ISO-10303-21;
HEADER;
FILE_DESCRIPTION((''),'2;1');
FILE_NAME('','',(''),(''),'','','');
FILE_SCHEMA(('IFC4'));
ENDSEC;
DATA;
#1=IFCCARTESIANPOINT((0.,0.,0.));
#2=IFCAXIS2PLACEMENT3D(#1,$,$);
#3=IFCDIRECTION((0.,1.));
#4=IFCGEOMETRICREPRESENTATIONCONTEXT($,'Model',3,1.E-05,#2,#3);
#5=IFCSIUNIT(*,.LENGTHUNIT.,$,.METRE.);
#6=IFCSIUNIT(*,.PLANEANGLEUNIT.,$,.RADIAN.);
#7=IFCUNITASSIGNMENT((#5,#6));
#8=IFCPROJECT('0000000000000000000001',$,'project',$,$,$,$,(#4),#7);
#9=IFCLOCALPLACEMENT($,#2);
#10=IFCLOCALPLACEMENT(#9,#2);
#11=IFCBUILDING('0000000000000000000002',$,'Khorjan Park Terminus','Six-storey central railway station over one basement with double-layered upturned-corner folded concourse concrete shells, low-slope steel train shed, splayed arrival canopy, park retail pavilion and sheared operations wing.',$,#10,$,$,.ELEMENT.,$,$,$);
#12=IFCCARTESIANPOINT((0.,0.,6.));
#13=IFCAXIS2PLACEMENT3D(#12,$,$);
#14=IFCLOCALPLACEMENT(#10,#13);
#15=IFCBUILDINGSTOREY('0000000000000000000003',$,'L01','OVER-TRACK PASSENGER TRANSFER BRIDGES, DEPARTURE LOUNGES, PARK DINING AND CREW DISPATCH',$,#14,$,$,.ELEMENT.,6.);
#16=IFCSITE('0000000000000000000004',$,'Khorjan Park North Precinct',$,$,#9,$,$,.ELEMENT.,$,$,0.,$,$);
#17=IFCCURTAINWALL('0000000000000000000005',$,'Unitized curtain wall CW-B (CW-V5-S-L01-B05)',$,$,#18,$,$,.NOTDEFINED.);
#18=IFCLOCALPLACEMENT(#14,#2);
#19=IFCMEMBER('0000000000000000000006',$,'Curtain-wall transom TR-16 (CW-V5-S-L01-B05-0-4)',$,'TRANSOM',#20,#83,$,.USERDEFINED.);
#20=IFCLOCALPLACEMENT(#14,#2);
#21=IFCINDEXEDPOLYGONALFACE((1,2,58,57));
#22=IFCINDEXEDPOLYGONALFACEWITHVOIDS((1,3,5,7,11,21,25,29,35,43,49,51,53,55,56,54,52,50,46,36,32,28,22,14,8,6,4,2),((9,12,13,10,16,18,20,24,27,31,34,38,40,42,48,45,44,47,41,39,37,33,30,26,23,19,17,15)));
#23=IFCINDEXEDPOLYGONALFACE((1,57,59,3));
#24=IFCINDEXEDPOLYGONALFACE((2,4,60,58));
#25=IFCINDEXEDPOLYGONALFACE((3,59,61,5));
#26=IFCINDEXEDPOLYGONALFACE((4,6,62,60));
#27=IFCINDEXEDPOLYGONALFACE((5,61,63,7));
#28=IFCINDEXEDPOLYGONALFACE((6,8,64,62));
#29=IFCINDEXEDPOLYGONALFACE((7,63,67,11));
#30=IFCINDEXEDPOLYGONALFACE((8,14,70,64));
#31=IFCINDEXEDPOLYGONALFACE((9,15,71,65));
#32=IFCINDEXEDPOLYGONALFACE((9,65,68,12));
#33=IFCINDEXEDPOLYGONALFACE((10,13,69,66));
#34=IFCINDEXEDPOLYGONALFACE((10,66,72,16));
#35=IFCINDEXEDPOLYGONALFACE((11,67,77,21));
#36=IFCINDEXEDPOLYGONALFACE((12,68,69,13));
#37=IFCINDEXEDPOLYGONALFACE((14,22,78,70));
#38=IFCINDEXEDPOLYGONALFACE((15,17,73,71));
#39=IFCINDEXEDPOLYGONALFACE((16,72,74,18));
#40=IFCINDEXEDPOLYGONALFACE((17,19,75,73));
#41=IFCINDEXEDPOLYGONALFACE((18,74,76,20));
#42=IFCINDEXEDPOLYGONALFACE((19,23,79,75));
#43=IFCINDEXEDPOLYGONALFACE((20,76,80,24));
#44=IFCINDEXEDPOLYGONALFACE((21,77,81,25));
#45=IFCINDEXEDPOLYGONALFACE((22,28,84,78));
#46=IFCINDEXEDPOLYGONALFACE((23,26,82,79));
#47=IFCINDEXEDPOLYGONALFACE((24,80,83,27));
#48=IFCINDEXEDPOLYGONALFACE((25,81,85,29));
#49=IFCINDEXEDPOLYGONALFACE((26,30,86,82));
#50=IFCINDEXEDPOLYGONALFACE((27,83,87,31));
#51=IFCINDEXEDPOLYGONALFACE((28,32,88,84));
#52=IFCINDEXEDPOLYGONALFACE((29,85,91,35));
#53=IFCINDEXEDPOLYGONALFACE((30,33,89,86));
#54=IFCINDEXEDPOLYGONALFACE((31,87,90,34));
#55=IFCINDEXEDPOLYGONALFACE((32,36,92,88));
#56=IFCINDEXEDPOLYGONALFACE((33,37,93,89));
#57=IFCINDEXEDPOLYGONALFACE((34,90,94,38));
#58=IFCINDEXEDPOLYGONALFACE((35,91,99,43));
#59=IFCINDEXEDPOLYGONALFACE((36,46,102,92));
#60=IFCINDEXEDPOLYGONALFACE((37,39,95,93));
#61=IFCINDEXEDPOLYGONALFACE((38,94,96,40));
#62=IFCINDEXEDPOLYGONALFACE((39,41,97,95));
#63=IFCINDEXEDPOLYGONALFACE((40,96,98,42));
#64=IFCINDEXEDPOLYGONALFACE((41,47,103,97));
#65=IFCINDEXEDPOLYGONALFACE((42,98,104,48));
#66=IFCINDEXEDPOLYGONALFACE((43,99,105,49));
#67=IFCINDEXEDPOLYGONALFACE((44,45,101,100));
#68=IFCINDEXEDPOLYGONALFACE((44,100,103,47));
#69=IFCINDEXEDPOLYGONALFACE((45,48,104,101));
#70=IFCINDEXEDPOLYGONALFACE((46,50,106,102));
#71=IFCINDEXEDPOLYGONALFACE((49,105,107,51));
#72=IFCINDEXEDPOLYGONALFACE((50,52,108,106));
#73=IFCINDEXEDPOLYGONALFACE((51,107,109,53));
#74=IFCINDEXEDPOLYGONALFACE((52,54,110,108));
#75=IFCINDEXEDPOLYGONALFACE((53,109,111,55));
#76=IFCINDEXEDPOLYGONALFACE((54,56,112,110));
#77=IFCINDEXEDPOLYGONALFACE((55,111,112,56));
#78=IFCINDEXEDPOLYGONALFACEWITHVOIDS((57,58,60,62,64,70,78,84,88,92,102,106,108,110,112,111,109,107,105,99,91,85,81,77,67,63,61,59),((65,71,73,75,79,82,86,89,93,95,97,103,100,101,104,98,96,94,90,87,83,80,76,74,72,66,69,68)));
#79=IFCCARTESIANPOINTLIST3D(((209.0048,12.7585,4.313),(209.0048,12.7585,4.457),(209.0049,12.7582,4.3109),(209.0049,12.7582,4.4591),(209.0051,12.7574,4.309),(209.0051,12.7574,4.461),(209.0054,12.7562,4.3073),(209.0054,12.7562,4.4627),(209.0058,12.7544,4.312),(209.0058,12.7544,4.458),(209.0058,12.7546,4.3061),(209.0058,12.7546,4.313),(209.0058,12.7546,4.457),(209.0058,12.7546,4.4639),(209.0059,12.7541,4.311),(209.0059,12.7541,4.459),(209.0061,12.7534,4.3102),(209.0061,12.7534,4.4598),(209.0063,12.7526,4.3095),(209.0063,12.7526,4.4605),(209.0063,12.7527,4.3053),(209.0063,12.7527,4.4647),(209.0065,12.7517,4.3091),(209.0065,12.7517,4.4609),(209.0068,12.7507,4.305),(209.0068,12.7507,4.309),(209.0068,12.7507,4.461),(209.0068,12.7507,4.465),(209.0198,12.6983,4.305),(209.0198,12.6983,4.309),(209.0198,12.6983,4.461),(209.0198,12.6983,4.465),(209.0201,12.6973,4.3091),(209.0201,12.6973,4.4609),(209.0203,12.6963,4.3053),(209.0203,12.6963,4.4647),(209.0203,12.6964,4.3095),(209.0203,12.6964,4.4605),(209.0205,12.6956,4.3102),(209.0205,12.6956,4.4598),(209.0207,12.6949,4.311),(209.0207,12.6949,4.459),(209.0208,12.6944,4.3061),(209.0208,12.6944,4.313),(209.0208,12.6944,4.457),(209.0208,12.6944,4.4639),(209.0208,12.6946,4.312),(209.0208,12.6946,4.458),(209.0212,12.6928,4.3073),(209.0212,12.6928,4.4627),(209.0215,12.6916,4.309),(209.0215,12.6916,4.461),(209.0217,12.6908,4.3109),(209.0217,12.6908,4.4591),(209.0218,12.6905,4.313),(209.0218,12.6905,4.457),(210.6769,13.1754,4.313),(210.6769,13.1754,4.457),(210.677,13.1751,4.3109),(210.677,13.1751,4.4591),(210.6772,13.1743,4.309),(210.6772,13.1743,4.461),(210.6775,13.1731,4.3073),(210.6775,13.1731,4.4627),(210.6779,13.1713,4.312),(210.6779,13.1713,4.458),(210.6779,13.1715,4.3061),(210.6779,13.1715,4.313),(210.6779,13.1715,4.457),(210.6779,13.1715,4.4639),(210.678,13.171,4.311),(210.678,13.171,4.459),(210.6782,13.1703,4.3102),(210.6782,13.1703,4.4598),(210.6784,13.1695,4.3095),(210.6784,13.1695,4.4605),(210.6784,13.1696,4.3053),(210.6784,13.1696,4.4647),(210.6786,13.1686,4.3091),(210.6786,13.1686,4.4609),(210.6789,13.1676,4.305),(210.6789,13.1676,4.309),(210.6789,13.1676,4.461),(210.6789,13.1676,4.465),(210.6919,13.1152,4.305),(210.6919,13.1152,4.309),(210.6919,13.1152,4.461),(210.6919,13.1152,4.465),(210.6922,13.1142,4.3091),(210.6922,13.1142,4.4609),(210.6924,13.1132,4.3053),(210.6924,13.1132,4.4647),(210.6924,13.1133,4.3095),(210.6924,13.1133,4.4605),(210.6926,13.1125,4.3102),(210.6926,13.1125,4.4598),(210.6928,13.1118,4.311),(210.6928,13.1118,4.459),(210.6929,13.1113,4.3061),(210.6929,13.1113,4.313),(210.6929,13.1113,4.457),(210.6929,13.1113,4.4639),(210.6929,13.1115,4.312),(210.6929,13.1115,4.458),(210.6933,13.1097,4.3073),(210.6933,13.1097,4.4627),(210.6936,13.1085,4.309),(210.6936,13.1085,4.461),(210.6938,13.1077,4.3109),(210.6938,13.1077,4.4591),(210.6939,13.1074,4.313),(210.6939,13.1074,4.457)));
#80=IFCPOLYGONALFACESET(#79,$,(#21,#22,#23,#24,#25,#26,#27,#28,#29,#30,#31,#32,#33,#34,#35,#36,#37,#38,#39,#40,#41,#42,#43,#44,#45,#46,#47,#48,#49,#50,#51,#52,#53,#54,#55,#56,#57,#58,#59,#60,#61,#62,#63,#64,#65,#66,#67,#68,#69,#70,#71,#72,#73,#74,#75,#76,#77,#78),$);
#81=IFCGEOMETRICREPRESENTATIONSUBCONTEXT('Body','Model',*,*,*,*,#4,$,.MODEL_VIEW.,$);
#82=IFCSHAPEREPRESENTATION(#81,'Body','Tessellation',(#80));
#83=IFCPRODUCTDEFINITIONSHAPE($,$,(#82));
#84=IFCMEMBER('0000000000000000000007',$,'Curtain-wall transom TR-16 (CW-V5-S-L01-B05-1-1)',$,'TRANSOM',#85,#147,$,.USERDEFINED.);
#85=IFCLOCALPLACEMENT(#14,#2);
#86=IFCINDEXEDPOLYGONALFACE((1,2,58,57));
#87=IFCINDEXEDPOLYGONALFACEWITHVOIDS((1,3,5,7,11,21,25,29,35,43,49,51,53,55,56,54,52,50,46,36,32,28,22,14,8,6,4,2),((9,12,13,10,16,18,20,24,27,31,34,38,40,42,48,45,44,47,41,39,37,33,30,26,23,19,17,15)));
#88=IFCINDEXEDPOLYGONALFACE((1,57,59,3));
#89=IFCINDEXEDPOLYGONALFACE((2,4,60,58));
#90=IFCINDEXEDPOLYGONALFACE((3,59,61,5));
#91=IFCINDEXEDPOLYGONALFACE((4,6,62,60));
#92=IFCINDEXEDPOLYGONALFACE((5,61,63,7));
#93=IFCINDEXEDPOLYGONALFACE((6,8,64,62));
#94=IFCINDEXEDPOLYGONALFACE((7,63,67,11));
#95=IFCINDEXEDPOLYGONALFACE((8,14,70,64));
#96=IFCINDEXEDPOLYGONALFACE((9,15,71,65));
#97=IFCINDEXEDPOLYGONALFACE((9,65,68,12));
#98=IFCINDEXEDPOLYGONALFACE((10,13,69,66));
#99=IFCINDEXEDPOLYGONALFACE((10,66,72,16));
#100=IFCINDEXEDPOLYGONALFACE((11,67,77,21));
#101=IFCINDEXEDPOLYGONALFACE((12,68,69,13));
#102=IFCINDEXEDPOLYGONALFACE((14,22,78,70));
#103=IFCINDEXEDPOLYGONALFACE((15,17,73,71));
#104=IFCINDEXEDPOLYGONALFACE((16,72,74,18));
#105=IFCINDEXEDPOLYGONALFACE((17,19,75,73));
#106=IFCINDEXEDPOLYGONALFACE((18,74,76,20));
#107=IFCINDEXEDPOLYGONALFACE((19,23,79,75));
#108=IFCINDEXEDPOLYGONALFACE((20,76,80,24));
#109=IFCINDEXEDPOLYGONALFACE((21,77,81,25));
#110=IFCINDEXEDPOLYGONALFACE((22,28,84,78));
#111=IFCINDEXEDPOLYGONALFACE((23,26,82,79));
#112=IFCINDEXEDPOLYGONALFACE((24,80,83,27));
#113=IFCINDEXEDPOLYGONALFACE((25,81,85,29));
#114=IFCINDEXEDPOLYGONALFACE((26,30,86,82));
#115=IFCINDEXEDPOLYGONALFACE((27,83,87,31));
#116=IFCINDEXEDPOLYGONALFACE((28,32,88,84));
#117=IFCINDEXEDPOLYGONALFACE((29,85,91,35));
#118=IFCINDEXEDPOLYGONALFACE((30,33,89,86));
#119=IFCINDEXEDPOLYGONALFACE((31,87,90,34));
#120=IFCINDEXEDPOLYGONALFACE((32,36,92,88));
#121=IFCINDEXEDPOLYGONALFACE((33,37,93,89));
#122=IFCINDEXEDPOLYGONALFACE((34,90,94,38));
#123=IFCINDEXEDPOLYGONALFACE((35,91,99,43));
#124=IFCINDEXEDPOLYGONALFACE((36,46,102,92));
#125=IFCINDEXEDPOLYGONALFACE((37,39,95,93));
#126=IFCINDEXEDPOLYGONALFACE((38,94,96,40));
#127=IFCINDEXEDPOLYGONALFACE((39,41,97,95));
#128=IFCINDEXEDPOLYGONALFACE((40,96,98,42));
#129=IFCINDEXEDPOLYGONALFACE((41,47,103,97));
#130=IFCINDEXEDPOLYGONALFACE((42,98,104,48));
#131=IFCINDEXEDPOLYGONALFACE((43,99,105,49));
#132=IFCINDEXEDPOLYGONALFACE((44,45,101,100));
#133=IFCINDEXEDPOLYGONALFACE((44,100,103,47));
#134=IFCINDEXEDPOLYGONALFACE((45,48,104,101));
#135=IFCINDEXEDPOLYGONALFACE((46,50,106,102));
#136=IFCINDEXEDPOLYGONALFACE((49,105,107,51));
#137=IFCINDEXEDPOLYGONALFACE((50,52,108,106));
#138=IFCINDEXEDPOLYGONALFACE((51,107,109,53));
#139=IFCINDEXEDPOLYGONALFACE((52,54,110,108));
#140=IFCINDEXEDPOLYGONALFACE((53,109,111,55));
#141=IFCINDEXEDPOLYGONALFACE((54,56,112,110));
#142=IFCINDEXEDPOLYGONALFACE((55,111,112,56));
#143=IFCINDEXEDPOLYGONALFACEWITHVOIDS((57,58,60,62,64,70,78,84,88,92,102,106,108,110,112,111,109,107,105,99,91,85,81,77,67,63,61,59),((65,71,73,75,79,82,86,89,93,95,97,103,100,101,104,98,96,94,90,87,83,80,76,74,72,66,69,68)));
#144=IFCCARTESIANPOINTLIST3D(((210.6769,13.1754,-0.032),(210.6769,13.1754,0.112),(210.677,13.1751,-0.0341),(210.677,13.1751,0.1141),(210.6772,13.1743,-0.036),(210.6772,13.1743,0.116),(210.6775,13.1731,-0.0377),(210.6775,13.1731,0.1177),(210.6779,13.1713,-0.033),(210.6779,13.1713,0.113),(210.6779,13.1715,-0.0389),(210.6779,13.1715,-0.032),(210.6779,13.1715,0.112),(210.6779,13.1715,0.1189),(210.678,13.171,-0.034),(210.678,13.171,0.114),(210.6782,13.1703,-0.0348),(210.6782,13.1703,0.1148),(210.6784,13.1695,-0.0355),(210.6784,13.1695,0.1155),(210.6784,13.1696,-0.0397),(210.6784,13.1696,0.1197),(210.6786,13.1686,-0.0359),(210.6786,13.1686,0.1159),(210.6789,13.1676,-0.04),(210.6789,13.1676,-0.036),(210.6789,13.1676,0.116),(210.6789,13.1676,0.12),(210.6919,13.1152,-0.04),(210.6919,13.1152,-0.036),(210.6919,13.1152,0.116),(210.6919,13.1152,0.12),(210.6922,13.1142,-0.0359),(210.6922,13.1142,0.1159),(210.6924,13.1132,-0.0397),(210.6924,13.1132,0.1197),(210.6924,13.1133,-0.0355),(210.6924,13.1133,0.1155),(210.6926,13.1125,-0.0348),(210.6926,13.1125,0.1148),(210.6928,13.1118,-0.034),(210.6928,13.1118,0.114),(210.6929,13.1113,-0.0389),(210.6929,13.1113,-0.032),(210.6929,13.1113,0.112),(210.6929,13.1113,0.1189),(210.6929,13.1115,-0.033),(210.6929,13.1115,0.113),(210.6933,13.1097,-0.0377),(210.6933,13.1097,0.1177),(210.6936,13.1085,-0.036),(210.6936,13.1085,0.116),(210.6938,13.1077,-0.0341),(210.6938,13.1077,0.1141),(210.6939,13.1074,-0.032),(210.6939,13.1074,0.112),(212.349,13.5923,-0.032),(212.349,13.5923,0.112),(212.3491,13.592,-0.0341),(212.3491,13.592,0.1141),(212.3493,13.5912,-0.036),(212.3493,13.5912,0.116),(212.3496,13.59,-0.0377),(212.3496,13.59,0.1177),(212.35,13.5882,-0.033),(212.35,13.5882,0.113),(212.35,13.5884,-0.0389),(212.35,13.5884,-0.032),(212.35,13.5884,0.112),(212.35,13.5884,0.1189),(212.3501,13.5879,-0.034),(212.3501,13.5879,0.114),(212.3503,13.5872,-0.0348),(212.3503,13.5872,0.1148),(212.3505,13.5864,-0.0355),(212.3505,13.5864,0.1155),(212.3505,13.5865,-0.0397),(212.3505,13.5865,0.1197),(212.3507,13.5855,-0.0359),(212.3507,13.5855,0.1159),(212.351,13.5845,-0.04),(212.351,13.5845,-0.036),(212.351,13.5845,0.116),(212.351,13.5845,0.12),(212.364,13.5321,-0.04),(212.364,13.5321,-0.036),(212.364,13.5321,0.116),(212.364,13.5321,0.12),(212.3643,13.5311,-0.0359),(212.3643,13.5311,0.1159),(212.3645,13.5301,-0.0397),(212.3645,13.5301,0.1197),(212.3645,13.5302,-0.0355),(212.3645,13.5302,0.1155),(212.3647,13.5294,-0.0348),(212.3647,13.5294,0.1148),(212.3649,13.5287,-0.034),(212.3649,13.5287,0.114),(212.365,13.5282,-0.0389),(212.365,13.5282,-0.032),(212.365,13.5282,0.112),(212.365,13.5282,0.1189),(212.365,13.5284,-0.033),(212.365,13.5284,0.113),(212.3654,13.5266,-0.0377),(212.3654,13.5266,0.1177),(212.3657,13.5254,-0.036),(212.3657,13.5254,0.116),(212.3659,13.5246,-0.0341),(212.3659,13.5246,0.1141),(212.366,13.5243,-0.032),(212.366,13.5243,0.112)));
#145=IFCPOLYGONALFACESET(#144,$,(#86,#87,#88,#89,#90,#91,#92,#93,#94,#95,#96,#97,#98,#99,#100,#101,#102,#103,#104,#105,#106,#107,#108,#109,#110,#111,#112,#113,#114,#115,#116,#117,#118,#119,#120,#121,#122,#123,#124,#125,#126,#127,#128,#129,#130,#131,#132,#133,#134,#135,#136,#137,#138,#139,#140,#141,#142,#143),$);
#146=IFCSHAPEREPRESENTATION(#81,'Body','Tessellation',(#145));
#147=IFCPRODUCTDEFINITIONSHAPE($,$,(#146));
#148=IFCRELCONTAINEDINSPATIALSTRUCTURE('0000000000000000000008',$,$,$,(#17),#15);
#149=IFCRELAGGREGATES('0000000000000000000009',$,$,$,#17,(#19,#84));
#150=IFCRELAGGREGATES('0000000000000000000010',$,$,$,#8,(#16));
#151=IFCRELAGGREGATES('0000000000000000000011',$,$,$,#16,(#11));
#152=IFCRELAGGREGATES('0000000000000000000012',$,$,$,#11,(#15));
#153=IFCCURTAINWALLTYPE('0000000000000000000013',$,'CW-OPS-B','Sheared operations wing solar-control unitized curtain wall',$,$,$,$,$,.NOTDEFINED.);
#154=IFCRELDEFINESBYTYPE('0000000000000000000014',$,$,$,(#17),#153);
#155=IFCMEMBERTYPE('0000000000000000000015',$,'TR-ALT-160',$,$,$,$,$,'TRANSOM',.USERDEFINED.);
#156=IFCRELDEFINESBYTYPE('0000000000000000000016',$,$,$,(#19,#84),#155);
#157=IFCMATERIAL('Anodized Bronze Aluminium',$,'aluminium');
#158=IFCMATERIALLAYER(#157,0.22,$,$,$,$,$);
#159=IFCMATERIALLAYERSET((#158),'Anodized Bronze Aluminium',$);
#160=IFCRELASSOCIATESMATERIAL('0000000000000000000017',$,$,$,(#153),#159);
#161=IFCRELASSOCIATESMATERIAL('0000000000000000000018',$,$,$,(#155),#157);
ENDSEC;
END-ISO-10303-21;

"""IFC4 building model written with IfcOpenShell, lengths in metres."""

from ifc_helpers import new_model, si_unit, direction, frame, origin, origin_2d, place, context, subcontext, project, spatial, hollow_rectangle, extrude, material, layer, layer_set, material_profile, profile_set, type_object, element, aggregate, save


model = new_model("IFC4")

# Units and contexts
model_context = context("Model", 3, precision=1e-05, world=origin(), true_north=direction((0.0, 1.0)))
body_context = subcontext(model_context, "Body", "Model", "MODEL_VIEW")
ifc_project = project(units=[si_unit("LENGTHUNIT", "METRE"), si_unit("PLANEANGLEUNIT", "RADIAN")], contexts=[model_context])

# Site, building, storey
site_placement = place(None, origin())
site = spatial("IfcSite", under=ifc_project, at=site_placement, Name="Khorjan Park North Precinct", CompositionType="ELEMENT", RefElevation=0.0)
building_placement = place(site_placement, origin())
building = spatial("IfcBuilding", under=site, at=building_placement, Name="Khorjan Park Terminus", Description="Six-storey central railway station over one basement with double-layered upturned-corner folded concourse concrete shells, low-slope steel train shed, splayed arrival canopy, park retail pavilion and sheared operations wing.", CompositionType="ELEMENT")
storey_placement = place(building_placement, frame((0.0, 0.0, 6.0)))
storey = spatial("IfcBuildingStorey", under=building, at=storey_placement, Name="L01", Description="OVER-TRACK PASSENGER TRANSFER BRIDGES, DEPARTURE LOUNGES, PARK DINING AND CREW DISPATCH", CompositionType="ELEMENT", Elevation=6.0)

# Curtain wall, members
ifc_material_1 = material(Name="Anodized Bronze Aluminium", Category="aluminium")
ifc_layer_1 = layer(ifc_material_1, 0.22)
ifc_layer_set_1 = layer_set([ifc_layer_1], Name="Anodized Bronze Aluminium")
curtain_wall_type = type_object("IfcCurtainWallType", Name="CW-OPS-B", Description="Sheared operations wing solar-control unitized curtain wall", PredefinedType="NOTDEFINED", material=ifc_layer_set_1)
curtain_wall_placement = place(storey_placement, origin())
curtain_wall = element("IfcCurtainWall", 1, at=curtain_wall_placement, inside=storey, type_object=curtain_wall_type, Name="Unitized curtain wall CW-B (CW-V5-S-L01-B05)", PredefinedType="NOTDEFINED")
ifc_material_profile_1 = material_profile(ifc_material_1, hollow_rectangle(XDim=0.07, YDim=0.16, WallThickness=0.004, InnerFilletRadius=0.004, OuterFilletRadius=0.008, at=origin_2d()), Name="ALT 70x160x4")
ifc_profile_set_1 = profile_set([ifc_material_profile_1], Name="Anodized Bronze Aluminium")
member_type_1 = type_object("IfcMemberType", Name="TR-ALT-160", ElementType="TRANSOM", PredefinedType="USERDEFINED", material=ifc_profile_set_1)
member_1_placement = place(storey_placement, frame((209.0133, 12.7245, 4.385), z_axis=(0.970296, 0.241921, 0.0), x_axis=(-0.241921, 0.970296, 0.0)))
member_1 = element("IfcMember", 2, at=member_1_placement, type_object=member_type_1, Name="Curtain-wall transom TR-16 (CW-V5-S-L01-B05-0-4)", ObjectType="TRANSOM", PredefinedType="USERDEFINED", context=body_context, shape_type="SweptSolid", body=[
    extrude(hollow_rectangle(XDim=0.07, YDim=0.16, WallThickness=0.004, InnerFilletRadius=0.004, OuterFilletRadius=0.008, at=origin_2d()), origin(), (0.0, 0.0, 1.0), 1.7233),
])
member_2_placement = place(storey_placement, frame((210.6854, 13.1414, 0.04), z_axis=(0.970296, 0.241921, 0.0), x_axis=(-0.241921, 0.970296, 0.0)))
member_2 = element("IfcMember", 3, at=member_2_placement, type_object=member_type_1, Name="Curtain-wall transom TR-16 (CW-V5-S-L01-B05-1-1)", ObjectType="TRANSOM", PredefinedType="USERDEFINED", context=body_context, shape_type="SweptSolid", body=[
    extrude(hollow_rectangle(XDim=0.07, YDim=0.16, WallThickness=0.004, InnerFilletRadius=0.004, OuterFilletRadius=0.008, at=origin_2d()), origin(), (0.0, 0.0, 1.0), 1.7233),
])
aggregate(curtain_wall, [member_1, member_2])

save(model, "model.ifc")
